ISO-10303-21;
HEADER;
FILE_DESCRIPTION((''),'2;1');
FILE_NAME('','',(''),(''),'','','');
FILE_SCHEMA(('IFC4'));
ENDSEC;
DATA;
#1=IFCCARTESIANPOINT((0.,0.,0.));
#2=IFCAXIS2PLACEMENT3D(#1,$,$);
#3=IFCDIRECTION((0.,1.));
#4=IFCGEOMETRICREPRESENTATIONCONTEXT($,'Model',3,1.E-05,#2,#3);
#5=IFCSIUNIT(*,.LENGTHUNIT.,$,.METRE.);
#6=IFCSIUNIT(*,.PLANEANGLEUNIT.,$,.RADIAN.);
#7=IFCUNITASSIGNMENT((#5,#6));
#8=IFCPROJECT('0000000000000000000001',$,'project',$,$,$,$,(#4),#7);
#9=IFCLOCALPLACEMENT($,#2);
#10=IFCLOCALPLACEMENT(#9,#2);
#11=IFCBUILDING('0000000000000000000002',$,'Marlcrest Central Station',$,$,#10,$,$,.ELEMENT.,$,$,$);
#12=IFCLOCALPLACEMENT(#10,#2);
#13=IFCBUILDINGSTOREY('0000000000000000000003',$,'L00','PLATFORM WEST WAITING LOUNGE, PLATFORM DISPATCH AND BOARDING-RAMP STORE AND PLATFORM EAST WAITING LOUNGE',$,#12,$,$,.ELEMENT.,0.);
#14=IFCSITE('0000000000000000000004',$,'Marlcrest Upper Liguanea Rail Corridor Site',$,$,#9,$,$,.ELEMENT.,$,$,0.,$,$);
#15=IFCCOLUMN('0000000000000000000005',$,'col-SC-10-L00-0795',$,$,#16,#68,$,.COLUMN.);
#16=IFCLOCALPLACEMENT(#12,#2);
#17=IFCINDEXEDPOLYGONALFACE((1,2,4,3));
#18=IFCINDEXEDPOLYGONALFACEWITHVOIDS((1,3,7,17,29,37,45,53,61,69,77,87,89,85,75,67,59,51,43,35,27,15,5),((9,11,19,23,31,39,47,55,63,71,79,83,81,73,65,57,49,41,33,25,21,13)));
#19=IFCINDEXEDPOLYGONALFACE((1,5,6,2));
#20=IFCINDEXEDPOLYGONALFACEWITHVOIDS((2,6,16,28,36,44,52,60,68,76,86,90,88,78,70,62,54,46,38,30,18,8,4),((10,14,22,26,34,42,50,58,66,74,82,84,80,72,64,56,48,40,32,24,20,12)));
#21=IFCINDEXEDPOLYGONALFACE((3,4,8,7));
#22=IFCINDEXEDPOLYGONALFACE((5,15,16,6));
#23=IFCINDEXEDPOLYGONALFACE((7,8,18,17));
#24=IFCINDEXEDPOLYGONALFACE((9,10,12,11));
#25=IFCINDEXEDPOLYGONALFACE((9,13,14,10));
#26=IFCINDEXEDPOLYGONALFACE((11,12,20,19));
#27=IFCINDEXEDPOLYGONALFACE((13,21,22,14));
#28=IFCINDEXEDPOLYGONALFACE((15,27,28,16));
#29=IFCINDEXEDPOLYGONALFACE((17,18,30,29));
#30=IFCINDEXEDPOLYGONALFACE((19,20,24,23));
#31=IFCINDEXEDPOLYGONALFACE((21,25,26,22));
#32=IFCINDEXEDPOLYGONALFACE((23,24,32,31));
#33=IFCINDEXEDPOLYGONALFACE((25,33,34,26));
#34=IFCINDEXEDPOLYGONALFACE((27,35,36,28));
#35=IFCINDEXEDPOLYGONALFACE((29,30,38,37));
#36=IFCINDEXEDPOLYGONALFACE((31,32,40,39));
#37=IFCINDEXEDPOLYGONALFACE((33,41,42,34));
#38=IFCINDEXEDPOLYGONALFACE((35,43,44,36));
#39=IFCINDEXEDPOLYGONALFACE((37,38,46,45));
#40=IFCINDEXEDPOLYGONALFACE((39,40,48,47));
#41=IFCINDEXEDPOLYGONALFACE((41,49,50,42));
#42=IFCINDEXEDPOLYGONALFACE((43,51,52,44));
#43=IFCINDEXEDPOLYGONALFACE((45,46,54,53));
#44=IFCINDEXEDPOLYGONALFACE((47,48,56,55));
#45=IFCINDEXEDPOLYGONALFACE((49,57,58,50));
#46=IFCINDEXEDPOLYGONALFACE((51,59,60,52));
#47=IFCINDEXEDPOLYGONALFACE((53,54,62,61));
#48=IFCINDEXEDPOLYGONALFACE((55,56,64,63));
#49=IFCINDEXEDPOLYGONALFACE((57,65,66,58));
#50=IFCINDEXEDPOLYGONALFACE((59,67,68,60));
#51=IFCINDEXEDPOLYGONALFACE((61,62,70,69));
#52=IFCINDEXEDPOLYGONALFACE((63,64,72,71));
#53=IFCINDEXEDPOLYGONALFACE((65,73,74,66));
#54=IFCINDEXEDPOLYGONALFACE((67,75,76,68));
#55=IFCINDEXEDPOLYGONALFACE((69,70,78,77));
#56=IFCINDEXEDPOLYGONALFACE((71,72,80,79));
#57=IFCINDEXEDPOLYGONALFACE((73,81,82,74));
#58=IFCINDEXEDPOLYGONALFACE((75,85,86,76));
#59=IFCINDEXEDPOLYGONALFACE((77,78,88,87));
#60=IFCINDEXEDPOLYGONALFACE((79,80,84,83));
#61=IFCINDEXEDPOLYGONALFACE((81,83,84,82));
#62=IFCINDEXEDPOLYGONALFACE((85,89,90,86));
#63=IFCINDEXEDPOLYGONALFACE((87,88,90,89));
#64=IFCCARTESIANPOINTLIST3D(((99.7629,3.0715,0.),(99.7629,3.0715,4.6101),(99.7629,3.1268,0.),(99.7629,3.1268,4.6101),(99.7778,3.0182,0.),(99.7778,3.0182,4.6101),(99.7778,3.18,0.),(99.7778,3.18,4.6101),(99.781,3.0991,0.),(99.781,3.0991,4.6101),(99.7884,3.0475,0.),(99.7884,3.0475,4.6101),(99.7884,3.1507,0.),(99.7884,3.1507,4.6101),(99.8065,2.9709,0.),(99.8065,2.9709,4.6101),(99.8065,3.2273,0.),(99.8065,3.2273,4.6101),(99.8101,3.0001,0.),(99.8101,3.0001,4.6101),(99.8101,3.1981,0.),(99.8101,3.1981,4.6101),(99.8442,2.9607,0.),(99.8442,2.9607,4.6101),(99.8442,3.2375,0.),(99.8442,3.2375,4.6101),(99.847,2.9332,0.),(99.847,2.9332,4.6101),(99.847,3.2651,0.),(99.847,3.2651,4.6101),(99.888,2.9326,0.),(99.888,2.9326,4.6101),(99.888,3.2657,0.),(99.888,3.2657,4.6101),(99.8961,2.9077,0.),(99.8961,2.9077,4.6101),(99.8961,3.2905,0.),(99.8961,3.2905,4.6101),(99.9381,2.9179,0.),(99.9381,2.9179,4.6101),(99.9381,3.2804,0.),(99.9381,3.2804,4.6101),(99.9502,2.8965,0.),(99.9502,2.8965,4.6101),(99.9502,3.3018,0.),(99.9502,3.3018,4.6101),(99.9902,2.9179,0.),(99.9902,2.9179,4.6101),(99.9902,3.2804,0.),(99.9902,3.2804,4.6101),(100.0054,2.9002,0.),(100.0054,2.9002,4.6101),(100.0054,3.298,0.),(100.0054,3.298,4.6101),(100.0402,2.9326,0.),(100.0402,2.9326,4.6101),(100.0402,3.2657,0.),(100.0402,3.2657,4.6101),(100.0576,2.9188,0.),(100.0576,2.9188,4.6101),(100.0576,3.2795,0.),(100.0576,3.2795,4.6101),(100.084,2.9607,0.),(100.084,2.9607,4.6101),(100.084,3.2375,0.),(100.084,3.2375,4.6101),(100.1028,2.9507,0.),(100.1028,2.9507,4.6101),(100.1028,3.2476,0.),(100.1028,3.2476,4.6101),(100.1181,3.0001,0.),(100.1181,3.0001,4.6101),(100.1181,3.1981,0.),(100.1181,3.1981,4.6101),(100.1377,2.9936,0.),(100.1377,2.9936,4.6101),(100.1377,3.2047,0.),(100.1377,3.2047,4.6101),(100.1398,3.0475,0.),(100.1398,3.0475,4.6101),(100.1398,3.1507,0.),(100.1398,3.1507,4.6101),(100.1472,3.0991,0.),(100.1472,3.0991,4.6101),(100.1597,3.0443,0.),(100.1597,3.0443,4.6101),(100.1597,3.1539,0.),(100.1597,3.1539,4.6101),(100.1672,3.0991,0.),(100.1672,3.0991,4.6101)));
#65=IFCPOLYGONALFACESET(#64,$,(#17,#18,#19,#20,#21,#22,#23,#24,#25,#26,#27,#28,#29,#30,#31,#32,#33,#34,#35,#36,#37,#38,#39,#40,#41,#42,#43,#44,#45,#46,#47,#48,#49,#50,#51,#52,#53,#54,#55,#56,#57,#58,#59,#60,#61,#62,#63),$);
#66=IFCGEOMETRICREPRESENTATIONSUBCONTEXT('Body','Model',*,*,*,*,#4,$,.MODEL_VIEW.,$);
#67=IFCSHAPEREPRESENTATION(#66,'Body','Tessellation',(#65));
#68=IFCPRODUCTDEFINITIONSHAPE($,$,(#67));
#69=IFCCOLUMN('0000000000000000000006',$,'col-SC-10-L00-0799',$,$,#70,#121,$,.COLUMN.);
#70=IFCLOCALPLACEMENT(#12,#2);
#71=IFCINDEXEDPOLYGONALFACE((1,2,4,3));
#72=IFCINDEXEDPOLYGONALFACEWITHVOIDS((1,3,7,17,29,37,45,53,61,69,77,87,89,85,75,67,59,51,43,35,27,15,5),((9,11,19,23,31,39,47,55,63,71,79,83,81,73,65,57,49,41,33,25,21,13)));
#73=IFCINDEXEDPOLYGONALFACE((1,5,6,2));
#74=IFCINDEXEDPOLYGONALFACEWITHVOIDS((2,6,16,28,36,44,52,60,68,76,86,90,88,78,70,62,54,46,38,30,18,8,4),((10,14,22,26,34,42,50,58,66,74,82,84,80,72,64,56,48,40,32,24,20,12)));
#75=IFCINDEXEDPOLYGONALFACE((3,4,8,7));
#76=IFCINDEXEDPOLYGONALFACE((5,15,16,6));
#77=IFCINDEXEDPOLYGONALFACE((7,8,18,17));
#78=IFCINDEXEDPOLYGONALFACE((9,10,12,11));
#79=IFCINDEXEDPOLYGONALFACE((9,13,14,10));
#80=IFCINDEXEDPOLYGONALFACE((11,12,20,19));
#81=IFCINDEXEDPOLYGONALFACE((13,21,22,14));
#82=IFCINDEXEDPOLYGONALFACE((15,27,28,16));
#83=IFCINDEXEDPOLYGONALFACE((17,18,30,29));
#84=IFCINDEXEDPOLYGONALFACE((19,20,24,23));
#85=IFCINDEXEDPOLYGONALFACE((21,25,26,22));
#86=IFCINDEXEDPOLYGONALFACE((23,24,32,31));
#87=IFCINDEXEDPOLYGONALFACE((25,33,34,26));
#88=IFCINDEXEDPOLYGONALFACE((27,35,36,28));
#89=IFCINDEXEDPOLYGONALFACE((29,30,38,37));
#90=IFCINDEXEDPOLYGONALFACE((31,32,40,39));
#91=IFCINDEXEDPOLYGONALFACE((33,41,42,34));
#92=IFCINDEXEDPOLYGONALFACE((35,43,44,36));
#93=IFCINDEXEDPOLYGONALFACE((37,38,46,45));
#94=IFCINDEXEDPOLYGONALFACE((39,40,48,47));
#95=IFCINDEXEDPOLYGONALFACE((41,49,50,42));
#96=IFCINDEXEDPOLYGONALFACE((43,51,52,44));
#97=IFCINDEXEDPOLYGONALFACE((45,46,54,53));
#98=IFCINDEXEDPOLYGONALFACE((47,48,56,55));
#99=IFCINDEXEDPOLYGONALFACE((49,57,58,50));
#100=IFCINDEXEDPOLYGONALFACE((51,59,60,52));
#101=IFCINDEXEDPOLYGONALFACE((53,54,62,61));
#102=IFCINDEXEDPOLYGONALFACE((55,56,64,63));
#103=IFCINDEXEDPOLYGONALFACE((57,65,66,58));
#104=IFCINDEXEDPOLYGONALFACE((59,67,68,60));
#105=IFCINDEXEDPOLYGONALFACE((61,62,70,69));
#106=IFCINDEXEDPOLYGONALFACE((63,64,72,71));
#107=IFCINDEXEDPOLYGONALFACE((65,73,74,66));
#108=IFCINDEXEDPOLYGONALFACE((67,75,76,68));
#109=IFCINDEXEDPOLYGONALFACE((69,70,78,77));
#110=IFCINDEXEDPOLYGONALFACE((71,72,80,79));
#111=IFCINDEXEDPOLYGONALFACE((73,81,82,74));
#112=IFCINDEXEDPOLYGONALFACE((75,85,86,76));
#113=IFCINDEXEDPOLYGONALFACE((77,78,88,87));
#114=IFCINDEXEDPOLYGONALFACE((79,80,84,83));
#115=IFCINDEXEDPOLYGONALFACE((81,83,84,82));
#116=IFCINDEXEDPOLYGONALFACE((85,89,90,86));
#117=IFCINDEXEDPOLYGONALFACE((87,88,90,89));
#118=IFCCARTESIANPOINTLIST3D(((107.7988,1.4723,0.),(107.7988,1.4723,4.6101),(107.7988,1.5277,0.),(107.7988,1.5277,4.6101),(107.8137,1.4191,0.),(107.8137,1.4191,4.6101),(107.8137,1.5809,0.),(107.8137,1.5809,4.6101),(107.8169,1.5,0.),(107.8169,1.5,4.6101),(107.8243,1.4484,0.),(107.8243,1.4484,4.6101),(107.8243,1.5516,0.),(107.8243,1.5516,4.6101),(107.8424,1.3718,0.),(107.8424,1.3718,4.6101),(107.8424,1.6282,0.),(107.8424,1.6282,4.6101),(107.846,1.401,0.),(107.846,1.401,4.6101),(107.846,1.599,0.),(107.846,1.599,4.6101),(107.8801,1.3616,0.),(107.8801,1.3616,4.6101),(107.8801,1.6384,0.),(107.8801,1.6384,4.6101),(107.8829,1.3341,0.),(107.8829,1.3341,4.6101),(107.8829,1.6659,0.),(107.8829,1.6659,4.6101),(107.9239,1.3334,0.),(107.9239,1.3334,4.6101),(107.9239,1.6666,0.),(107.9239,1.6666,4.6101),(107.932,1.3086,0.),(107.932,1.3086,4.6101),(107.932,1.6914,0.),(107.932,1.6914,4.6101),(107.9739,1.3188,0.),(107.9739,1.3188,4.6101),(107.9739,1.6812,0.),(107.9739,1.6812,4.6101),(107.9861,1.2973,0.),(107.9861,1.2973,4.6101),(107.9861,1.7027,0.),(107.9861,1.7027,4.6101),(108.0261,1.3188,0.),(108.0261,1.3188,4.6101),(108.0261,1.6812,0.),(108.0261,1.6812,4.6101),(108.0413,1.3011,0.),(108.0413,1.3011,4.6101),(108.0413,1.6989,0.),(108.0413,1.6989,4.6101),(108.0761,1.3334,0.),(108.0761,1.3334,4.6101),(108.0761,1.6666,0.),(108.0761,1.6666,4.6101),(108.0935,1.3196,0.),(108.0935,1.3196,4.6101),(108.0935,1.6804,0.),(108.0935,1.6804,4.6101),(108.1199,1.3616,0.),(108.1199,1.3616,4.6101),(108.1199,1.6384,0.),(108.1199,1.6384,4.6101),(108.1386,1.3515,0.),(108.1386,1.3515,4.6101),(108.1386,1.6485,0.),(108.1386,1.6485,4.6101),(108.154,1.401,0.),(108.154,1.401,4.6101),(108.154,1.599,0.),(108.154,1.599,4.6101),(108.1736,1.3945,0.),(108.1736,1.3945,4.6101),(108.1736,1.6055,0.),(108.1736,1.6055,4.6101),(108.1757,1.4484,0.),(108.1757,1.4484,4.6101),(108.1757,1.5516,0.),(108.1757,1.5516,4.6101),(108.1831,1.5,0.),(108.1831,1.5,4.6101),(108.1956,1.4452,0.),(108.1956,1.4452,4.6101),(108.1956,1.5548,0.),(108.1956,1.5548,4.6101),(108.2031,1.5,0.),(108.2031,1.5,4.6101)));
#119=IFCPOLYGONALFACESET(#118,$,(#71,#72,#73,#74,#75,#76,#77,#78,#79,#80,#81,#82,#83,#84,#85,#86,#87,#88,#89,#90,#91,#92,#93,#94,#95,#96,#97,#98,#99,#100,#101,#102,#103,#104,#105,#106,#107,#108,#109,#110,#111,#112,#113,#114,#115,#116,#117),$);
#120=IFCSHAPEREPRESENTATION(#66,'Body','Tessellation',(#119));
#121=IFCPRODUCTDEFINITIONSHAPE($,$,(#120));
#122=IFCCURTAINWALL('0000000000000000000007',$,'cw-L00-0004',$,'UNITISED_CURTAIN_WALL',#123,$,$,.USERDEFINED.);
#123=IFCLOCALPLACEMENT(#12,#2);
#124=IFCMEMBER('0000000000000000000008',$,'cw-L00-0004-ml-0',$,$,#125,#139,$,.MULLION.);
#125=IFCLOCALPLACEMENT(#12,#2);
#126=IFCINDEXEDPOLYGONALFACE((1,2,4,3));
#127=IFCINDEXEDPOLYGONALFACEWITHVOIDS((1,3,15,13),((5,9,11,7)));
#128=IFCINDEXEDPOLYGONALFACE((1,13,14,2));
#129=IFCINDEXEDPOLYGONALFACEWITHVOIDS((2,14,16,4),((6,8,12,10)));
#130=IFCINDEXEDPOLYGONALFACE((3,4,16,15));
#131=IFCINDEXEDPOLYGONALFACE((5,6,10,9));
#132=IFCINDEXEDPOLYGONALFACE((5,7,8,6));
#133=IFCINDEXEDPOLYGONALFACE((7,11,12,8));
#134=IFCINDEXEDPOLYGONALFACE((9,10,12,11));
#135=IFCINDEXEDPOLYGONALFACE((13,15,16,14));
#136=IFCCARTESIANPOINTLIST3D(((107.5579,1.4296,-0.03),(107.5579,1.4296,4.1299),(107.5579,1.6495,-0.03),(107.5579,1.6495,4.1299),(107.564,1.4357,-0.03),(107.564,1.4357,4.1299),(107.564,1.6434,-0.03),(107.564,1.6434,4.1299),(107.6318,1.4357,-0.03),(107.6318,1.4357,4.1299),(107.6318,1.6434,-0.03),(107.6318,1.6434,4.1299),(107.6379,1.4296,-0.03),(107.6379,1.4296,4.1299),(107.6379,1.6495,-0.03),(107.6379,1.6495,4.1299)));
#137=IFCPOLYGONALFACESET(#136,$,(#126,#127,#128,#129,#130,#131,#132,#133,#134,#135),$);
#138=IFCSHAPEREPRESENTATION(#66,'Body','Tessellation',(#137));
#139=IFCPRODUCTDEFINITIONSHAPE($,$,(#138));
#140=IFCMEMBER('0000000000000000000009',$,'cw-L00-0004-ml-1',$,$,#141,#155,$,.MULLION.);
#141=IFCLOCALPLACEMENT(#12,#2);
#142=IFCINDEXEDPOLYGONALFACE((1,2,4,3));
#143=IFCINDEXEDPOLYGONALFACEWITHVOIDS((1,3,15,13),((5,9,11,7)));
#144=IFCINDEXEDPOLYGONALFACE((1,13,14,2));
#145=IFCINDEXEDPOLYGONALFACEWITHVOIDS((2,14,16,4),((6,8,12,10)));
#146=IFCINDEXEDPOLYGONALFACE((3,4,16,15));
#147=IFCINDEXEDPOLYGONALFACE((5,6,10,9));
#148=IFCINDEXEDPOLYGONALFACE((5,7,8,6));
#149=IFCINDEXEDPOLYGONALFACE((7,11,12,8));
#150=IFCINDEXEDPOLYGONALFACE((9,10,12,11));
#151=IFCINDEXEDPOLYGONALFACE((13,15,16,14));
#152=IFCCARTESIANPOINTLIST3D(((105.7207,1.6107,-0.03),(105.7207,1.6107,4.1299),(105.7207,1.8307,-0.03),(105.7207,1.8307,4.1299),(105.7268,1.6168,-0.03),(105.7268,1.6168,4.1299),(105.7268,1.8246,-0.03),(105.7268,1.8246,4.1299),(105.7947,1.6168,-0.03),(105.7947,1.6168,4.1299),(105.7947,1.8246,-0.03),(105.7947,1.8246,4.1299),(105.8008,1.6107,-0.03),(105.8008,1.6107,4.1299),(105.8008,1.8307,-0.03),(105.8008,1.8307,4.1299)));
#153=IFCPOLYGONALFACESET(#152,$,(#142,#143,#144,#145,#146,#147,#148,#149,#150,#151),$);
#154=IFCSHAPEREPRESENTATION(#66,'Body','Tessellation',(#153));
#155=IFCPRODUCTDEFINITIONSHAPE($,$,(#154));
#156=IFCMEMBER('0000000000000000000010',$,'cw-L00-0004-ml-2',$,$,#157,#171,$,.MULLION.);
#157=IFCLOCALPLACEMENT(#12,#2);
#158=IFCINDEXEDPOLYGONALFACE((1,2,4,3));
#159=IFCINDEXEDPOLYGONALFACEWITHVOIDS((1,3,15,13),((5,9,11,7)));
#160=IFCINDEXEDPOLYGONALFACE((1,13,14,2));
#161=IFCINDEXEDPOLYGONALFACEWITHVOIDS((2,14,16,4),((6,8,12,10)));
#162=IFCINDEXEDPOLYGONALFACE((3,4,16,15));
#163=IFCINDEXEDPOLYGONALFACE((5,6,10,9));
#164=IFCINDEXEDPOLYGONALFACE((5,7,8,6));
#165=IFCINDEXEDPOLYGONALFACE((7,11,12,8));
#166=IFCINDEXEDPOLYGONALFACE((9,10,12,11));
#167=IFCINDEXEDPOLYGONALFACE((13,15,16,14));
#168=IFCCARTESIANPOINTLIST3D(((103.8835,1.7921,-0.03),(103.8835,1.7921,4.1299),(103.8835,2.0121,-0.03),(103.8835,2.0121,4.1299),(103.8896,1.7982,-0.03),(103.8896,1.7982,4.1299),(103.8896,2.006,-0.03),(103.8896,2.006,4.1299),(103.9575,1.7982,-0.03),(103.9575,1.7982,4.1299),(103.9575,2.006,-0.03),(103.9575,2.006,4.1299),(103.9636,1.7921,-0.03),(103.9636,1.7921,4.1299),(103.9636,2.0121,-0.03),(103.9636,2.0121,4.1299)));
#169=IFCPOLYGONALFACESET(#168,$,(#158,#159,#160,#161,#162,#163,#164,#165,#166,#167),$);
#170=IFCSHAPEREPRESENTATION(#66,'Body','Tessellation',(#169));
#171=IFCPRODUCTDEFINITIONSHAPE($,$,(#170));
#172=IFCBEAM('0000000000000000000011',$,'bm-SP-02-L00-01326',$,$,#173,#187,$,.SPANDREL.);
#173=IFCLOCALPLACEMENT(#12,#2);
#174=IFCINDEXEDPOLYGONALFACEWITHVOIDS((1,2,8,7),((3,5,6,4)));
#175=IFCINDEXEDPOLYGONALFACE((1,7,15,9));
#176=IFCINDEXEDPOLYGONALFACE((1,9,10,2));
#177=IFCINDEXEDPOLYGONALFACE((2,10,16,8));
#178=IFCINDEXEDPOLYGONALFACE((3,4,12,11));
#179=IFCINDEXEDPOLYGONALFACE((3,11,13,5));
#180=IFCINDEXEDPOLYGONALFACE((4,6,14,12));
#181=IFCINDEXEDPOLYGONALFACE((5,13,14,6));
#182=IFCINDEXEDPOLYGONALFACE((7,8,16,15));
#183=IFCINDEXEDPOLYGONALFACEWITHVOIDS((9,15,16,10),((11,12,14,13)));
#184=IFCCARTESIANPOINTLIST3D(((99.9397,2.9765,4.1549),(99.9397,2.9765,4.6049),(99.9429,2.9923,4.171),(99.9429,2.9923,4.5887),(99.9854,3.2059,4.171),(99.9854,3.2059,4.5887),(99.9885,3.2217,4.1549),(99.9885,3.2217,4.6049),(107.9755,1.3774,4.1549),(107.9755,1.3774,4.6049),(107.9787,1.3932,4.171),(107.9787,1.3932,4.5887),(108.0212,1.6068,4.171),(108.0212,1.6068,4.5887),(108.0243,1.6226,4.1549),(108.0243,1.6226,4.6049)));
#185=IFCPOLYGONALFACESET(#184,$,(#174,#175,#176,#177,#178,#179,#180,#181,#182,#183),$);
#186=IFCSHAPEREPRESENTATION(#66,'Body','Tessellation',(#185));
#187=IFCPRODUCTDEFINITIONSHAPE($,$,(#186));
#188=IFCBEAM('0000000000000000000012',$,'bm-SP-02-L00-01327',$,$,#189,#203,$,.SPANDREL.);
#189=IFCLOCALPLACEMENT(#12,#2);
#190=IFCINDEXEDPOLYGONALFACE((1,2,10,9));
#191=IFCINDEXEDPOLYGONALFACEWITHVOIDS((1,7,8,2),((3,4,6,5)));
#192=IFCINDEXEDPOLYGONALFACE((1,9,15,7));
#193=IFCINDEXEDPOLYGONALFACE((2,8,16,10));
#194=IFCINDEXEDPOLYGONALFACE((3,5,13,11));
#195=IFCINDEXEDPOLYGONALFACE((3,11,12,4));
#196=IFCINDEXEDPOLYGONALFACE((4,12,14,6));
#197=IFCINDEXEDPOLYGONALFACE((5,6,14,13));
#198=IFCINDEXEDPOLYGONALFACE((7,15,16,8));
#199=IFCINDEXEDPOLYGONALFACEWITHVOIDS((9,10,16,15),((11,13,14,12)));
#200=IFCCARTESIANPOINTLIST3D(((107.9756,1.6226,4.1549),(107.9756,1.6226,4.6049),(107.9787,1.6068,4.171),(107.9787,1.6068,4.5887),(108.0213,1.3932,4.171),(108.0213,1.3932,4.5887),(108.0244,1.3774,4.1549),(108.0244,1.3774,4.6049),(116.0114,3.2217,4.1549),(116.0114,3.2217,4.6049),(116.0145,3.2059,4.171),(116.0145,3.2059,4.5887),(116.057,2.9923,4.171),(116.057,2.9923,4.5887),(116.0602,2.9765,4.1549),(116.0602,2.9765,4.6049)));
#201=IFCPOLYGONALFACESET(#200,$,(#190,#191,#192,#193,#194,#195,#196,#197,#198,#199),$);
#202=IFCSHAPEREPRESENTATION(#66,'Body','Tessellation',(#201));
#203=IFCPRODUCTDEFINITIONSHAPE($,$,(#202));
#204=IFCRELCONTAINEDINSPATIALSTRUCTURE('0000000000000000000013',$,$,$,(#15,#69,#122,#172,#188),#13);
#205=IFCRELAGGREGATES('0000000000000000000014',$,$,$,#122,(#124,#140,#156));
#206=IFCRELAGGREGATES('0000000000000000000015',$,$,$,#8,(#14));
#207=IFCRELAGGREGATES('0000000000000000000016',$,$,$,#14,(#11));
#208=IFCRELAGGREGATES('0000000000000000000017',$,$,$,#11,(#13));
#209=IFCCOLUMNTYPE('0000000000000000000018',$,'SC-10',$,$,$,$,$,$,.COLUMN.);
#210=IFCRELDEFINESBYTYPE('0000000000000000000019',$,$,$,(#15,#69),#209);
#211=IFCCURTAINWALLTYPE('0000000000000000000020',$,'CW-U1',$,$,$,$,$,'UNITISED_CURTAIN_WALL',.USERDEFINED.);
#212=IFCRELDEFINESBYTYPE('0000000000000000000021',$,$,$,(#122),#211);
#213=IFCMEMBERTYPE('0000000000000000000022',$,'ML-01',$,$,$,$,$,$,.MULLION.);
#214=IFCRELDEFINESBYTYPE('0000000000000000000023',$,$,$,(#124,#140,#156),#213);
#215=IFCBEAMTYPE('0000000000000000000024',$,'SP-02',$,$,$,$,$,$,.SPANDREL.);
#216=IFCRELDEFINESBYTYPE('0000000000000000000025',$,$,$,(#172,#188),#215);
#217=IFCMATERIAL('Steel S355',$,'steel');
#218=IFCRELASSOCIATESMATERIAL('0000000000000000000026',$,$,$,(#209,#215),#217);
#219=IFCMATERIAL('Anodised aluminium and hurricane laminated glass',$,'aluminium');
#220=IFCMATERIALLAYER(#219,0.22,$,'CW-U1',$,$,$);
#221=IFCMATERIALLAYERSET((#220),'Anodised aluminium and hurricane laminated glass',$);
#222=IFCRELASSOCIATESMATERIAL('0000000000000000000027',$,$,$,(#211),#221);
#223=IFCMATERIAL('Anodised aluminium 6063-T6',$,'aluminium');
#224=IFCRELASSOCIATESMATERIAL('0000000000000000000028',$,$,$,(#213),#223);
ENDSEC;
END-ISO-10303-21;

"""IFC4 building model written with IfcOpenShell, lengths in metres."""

from ifc_helpers import new_model, si_unit, direction, frame, origin, origin_2d, place, context, subcontext, project, spatial, hollow_rectangle, hollow_circle, extrude, material, layer, layer_set, material_profile, profile_set, type_object, element, aggregate, save


model = new_model("IFC4")

# Units and contexts
model_context = context("Model", 3, precision=1e-05, world=origin(), true_north=direction((0.0, 1.0)))
body_context = subcontext(model_context, "Body", "Model", "MODEL_VIEW")
ifc_project = project(units=[si_unit("LENGTHUNIT", "METRE"), si_unit("PLANEANGLEUNIT", "RADIAN")], contexts=[model_context])

# Site, building, storey
site_placement = place(None, origin())
site = spatial("IfcSite", under=ifc_project, at=site_placement, Name="Marlcrest Upper Liguanea Rail Corridor Site", CompositionType="ELEMENT", RefElevation=0.0)
building_placement = place(site_placement, origin())
building = spatial("IfcBuilding", under=site, at=building_placement, Name="Marlcrest Central Station", CompositionType="ELEMENT")
storey_placement = place(building_placement, origin())
storey = spatial("IfcBuildingStorey", under=building, at=storey_placement, Name="L00", Description="PLATFORM WEST WAITING LOUNGE, PLATFORM DISPATCH AND BOARDING-RAMP STORE AND PLATFORM EAST WAITING LOUNGE", CompositionType="ELEMENT", Elevation=0.0)

# Columns
ifc_material_1 = material(Name="Steel S355", Category="steel")
ifc_material_profile_1 = material_profile(ifc_material_1, hollow_circle(Radius=0.2031, WallThickness=0.02, at=origin_2d()), Name="CHS 406.4x20")
ifc_profile_set_1 = profile_set([ifc_material_profile_1], Name="Steel S355")
column_type = type_object("IfcColumnType", Name="SC-10", PredefinedType="COLUMN", material=ifc_profile_set_1)
for number, where, z_axis, x_axis, name in (
    (1, (99.9641, 3.0991, 0.0), (0.0, 0.0, 1.0), (1.0, 0.0, 0.0), "col-SC-10-L00-0795"),
    (2, (108.0, 1.5, 0.0), (0.0, 0.0, 1.0), (1.0, 0.0, 0.0), "col-SC-10-L00-0799"),
):
    element("IfcColumn", number, at=place(storey_placement, frame(where, z_axis=z_axis, x_axis=x_axis)), inside=storey, type_object=column_type, Name=name, PredefinedType="COLUMN", context=body_context, shape_type="SweptSolid", body=[
        extrude(hollow_circle(Radius=0.2031, WallThickness=0.02, at=origin_2d()), origin(), (0.0, 0.0, 1.0), 4.6101),
    ])

# Curtain wall, members
ifc_material_2 = material(Name="Anodised aluminium and hurricane laminated glass", Category="aluminium")
ifc_layer_1 = layer(ifc_material_2, 0.22, Name="CW-U1")
ifc_layer_set_1 = layer_set([ifc_layer_1], Name="Anodised aluminium and hurricane laminated glass")
curtain_wall_type = type_object("IfcCurtainWallType", Name="CW-U1", ElementType="UNITISED_CURTAIN_WALL", PredefinedType="USERDEFINED", material=ifc_layer_set_1)
curtain_wall_placement = place(storey_placement, origin())
curtain_wall = element("IfcCurtainWall", 3, at=curtain_wall_placement, inside=storey, type_object=curtain_wall_type, Name="cw-L00-0004", ObjectType="UNITISED_CURTAIN_WALL", PredefinedType="USERDEFINED")
ifc_material_3 = material(Name="Anodised aluminium 6063-T6", Category="aluminium")
ifc_material_profile_2 = material_profile(ifc_material_3, hollow_rectangle(XDim=0.0801, YDim=0.22, WallThickness=0.0061, at=origin_2d()), Name="AA-RHS 220x80x6")
ifc_profile_set_2 = profile_set([ifc_material_profile_2], Name="Anodised aluminium 6063-T6")
member_type_1 = type_object("IfcMemberType", Name="ML-01", PredefinedType="MULLION", material=ifc_profile_set_2)
member_1_placement = place(storey_placement, frame((107.5979, 1.5396, -0.03), z_axis=(0.0, 0.0, 1.0), x_axis=(1.0, 0.0, 0.0)))
member_1 = element("IfcMember", 4, at=member_1_placement, type_object=member_type_1, Name="cw-L00-0004-ml-0", PredefinedType="MULLION", context=body_context, shape_type="SweptSolid", body=[
    extrude(hollow_rectangle(XDim=0.0801, YDim=0.22, WallThickness=0.0061, at=origin_2d()), origin(), (0.0, 0.0, 1.0), 4.1599),
])
member_2_placement = place(storey_placement, frame((105.7607, 1.7207, -0.03), z_axis=(0.0, 0.0, 1.0), x_axis=(1.0, 0.0, 0.0)))
member_2 = element("IfcMember", 5, at=member_2_placement, type_object=member_type_1, Name="cw-L00-0004-ml-1", PredefinedType="MULLION", context=body_context, shape_type="SweptSolid", body=[
    extrude(hollow_rectangle(XDim=0.0801, YDim=0.22, WallThickness=0.0061, at=origin_2d()), origin(), (0.0, 0.0, 1.0), 4.1599),
])
member_3_placement = place(storey_placement, frame((103.9236, 1.9021, -0.03), z_axis=(0.0, 0.0, 1.0), x_axis=(1.0, 0.0, 0.0)))
member_3 = element("IfcMember", 6, at=member_3_placement, type_object=member_type_1, Name="cw-L00-0004-ml-2", PredefinedType="MULLION", context=body_context, shape_type="SweptSolid", body=[
    extrude(hollow_rectangle(XDim=0.0801, YDim=0.22, WallThickness=0.0061, at=origin_2d()), origin(), (0.0, 0.0, 1.0), 4.1599),
])

# Beams
ifc_material_profile_3 = material_profile(ifc_material_1, hollow_rectangle(XDim=0.25, YDim=0.45, WallThickness=0.0161, at=origin_2d()), Name="RHS 450x250x16")
ifc_profile_set_3 = profile_set([ifc_material_profile_3], Name="Steel S355")
beam_type = type_object("IfcBeamType", Name="SP-02", PredefinedType="SPANDREL", material=ifc_profile_set_3)
for number, where, z_axis, x_axis, name in (
    (7, (99.9641, 3.0991, 4.3799), (0.980769, -0.195171, 0.0), (0.195171, 0.980769, 0.0), "bm-SP-02-L00-01326"),
    (8, (108.0, 1.5, 4.3799), (0.980769, 0.195171, 0.0), (-0.195171, 0.980769, 0.0), "bm-SP-02-L00-01327"),
):
    element("IfcBeam", number, at=place(storey_placement, frame(where, z_axis=z_axis, x_axis=x_axis)), inside=storey, type_object=beam_type, Name=name, PredefinedType="SPANDREL", context=body_context, shape_type="SweptSolid", body=[
        extrude(hollow_rectangle(XDim=0.25, YDim=0.45, WallThickness=0.0161, at=origin_2d()), origin(), (0.0, 0.0, 1.0), 8.1934),
    ])

aggregate(curtain_wall, [member_1, member_2, member_3])

save(model, "model.ifc")
